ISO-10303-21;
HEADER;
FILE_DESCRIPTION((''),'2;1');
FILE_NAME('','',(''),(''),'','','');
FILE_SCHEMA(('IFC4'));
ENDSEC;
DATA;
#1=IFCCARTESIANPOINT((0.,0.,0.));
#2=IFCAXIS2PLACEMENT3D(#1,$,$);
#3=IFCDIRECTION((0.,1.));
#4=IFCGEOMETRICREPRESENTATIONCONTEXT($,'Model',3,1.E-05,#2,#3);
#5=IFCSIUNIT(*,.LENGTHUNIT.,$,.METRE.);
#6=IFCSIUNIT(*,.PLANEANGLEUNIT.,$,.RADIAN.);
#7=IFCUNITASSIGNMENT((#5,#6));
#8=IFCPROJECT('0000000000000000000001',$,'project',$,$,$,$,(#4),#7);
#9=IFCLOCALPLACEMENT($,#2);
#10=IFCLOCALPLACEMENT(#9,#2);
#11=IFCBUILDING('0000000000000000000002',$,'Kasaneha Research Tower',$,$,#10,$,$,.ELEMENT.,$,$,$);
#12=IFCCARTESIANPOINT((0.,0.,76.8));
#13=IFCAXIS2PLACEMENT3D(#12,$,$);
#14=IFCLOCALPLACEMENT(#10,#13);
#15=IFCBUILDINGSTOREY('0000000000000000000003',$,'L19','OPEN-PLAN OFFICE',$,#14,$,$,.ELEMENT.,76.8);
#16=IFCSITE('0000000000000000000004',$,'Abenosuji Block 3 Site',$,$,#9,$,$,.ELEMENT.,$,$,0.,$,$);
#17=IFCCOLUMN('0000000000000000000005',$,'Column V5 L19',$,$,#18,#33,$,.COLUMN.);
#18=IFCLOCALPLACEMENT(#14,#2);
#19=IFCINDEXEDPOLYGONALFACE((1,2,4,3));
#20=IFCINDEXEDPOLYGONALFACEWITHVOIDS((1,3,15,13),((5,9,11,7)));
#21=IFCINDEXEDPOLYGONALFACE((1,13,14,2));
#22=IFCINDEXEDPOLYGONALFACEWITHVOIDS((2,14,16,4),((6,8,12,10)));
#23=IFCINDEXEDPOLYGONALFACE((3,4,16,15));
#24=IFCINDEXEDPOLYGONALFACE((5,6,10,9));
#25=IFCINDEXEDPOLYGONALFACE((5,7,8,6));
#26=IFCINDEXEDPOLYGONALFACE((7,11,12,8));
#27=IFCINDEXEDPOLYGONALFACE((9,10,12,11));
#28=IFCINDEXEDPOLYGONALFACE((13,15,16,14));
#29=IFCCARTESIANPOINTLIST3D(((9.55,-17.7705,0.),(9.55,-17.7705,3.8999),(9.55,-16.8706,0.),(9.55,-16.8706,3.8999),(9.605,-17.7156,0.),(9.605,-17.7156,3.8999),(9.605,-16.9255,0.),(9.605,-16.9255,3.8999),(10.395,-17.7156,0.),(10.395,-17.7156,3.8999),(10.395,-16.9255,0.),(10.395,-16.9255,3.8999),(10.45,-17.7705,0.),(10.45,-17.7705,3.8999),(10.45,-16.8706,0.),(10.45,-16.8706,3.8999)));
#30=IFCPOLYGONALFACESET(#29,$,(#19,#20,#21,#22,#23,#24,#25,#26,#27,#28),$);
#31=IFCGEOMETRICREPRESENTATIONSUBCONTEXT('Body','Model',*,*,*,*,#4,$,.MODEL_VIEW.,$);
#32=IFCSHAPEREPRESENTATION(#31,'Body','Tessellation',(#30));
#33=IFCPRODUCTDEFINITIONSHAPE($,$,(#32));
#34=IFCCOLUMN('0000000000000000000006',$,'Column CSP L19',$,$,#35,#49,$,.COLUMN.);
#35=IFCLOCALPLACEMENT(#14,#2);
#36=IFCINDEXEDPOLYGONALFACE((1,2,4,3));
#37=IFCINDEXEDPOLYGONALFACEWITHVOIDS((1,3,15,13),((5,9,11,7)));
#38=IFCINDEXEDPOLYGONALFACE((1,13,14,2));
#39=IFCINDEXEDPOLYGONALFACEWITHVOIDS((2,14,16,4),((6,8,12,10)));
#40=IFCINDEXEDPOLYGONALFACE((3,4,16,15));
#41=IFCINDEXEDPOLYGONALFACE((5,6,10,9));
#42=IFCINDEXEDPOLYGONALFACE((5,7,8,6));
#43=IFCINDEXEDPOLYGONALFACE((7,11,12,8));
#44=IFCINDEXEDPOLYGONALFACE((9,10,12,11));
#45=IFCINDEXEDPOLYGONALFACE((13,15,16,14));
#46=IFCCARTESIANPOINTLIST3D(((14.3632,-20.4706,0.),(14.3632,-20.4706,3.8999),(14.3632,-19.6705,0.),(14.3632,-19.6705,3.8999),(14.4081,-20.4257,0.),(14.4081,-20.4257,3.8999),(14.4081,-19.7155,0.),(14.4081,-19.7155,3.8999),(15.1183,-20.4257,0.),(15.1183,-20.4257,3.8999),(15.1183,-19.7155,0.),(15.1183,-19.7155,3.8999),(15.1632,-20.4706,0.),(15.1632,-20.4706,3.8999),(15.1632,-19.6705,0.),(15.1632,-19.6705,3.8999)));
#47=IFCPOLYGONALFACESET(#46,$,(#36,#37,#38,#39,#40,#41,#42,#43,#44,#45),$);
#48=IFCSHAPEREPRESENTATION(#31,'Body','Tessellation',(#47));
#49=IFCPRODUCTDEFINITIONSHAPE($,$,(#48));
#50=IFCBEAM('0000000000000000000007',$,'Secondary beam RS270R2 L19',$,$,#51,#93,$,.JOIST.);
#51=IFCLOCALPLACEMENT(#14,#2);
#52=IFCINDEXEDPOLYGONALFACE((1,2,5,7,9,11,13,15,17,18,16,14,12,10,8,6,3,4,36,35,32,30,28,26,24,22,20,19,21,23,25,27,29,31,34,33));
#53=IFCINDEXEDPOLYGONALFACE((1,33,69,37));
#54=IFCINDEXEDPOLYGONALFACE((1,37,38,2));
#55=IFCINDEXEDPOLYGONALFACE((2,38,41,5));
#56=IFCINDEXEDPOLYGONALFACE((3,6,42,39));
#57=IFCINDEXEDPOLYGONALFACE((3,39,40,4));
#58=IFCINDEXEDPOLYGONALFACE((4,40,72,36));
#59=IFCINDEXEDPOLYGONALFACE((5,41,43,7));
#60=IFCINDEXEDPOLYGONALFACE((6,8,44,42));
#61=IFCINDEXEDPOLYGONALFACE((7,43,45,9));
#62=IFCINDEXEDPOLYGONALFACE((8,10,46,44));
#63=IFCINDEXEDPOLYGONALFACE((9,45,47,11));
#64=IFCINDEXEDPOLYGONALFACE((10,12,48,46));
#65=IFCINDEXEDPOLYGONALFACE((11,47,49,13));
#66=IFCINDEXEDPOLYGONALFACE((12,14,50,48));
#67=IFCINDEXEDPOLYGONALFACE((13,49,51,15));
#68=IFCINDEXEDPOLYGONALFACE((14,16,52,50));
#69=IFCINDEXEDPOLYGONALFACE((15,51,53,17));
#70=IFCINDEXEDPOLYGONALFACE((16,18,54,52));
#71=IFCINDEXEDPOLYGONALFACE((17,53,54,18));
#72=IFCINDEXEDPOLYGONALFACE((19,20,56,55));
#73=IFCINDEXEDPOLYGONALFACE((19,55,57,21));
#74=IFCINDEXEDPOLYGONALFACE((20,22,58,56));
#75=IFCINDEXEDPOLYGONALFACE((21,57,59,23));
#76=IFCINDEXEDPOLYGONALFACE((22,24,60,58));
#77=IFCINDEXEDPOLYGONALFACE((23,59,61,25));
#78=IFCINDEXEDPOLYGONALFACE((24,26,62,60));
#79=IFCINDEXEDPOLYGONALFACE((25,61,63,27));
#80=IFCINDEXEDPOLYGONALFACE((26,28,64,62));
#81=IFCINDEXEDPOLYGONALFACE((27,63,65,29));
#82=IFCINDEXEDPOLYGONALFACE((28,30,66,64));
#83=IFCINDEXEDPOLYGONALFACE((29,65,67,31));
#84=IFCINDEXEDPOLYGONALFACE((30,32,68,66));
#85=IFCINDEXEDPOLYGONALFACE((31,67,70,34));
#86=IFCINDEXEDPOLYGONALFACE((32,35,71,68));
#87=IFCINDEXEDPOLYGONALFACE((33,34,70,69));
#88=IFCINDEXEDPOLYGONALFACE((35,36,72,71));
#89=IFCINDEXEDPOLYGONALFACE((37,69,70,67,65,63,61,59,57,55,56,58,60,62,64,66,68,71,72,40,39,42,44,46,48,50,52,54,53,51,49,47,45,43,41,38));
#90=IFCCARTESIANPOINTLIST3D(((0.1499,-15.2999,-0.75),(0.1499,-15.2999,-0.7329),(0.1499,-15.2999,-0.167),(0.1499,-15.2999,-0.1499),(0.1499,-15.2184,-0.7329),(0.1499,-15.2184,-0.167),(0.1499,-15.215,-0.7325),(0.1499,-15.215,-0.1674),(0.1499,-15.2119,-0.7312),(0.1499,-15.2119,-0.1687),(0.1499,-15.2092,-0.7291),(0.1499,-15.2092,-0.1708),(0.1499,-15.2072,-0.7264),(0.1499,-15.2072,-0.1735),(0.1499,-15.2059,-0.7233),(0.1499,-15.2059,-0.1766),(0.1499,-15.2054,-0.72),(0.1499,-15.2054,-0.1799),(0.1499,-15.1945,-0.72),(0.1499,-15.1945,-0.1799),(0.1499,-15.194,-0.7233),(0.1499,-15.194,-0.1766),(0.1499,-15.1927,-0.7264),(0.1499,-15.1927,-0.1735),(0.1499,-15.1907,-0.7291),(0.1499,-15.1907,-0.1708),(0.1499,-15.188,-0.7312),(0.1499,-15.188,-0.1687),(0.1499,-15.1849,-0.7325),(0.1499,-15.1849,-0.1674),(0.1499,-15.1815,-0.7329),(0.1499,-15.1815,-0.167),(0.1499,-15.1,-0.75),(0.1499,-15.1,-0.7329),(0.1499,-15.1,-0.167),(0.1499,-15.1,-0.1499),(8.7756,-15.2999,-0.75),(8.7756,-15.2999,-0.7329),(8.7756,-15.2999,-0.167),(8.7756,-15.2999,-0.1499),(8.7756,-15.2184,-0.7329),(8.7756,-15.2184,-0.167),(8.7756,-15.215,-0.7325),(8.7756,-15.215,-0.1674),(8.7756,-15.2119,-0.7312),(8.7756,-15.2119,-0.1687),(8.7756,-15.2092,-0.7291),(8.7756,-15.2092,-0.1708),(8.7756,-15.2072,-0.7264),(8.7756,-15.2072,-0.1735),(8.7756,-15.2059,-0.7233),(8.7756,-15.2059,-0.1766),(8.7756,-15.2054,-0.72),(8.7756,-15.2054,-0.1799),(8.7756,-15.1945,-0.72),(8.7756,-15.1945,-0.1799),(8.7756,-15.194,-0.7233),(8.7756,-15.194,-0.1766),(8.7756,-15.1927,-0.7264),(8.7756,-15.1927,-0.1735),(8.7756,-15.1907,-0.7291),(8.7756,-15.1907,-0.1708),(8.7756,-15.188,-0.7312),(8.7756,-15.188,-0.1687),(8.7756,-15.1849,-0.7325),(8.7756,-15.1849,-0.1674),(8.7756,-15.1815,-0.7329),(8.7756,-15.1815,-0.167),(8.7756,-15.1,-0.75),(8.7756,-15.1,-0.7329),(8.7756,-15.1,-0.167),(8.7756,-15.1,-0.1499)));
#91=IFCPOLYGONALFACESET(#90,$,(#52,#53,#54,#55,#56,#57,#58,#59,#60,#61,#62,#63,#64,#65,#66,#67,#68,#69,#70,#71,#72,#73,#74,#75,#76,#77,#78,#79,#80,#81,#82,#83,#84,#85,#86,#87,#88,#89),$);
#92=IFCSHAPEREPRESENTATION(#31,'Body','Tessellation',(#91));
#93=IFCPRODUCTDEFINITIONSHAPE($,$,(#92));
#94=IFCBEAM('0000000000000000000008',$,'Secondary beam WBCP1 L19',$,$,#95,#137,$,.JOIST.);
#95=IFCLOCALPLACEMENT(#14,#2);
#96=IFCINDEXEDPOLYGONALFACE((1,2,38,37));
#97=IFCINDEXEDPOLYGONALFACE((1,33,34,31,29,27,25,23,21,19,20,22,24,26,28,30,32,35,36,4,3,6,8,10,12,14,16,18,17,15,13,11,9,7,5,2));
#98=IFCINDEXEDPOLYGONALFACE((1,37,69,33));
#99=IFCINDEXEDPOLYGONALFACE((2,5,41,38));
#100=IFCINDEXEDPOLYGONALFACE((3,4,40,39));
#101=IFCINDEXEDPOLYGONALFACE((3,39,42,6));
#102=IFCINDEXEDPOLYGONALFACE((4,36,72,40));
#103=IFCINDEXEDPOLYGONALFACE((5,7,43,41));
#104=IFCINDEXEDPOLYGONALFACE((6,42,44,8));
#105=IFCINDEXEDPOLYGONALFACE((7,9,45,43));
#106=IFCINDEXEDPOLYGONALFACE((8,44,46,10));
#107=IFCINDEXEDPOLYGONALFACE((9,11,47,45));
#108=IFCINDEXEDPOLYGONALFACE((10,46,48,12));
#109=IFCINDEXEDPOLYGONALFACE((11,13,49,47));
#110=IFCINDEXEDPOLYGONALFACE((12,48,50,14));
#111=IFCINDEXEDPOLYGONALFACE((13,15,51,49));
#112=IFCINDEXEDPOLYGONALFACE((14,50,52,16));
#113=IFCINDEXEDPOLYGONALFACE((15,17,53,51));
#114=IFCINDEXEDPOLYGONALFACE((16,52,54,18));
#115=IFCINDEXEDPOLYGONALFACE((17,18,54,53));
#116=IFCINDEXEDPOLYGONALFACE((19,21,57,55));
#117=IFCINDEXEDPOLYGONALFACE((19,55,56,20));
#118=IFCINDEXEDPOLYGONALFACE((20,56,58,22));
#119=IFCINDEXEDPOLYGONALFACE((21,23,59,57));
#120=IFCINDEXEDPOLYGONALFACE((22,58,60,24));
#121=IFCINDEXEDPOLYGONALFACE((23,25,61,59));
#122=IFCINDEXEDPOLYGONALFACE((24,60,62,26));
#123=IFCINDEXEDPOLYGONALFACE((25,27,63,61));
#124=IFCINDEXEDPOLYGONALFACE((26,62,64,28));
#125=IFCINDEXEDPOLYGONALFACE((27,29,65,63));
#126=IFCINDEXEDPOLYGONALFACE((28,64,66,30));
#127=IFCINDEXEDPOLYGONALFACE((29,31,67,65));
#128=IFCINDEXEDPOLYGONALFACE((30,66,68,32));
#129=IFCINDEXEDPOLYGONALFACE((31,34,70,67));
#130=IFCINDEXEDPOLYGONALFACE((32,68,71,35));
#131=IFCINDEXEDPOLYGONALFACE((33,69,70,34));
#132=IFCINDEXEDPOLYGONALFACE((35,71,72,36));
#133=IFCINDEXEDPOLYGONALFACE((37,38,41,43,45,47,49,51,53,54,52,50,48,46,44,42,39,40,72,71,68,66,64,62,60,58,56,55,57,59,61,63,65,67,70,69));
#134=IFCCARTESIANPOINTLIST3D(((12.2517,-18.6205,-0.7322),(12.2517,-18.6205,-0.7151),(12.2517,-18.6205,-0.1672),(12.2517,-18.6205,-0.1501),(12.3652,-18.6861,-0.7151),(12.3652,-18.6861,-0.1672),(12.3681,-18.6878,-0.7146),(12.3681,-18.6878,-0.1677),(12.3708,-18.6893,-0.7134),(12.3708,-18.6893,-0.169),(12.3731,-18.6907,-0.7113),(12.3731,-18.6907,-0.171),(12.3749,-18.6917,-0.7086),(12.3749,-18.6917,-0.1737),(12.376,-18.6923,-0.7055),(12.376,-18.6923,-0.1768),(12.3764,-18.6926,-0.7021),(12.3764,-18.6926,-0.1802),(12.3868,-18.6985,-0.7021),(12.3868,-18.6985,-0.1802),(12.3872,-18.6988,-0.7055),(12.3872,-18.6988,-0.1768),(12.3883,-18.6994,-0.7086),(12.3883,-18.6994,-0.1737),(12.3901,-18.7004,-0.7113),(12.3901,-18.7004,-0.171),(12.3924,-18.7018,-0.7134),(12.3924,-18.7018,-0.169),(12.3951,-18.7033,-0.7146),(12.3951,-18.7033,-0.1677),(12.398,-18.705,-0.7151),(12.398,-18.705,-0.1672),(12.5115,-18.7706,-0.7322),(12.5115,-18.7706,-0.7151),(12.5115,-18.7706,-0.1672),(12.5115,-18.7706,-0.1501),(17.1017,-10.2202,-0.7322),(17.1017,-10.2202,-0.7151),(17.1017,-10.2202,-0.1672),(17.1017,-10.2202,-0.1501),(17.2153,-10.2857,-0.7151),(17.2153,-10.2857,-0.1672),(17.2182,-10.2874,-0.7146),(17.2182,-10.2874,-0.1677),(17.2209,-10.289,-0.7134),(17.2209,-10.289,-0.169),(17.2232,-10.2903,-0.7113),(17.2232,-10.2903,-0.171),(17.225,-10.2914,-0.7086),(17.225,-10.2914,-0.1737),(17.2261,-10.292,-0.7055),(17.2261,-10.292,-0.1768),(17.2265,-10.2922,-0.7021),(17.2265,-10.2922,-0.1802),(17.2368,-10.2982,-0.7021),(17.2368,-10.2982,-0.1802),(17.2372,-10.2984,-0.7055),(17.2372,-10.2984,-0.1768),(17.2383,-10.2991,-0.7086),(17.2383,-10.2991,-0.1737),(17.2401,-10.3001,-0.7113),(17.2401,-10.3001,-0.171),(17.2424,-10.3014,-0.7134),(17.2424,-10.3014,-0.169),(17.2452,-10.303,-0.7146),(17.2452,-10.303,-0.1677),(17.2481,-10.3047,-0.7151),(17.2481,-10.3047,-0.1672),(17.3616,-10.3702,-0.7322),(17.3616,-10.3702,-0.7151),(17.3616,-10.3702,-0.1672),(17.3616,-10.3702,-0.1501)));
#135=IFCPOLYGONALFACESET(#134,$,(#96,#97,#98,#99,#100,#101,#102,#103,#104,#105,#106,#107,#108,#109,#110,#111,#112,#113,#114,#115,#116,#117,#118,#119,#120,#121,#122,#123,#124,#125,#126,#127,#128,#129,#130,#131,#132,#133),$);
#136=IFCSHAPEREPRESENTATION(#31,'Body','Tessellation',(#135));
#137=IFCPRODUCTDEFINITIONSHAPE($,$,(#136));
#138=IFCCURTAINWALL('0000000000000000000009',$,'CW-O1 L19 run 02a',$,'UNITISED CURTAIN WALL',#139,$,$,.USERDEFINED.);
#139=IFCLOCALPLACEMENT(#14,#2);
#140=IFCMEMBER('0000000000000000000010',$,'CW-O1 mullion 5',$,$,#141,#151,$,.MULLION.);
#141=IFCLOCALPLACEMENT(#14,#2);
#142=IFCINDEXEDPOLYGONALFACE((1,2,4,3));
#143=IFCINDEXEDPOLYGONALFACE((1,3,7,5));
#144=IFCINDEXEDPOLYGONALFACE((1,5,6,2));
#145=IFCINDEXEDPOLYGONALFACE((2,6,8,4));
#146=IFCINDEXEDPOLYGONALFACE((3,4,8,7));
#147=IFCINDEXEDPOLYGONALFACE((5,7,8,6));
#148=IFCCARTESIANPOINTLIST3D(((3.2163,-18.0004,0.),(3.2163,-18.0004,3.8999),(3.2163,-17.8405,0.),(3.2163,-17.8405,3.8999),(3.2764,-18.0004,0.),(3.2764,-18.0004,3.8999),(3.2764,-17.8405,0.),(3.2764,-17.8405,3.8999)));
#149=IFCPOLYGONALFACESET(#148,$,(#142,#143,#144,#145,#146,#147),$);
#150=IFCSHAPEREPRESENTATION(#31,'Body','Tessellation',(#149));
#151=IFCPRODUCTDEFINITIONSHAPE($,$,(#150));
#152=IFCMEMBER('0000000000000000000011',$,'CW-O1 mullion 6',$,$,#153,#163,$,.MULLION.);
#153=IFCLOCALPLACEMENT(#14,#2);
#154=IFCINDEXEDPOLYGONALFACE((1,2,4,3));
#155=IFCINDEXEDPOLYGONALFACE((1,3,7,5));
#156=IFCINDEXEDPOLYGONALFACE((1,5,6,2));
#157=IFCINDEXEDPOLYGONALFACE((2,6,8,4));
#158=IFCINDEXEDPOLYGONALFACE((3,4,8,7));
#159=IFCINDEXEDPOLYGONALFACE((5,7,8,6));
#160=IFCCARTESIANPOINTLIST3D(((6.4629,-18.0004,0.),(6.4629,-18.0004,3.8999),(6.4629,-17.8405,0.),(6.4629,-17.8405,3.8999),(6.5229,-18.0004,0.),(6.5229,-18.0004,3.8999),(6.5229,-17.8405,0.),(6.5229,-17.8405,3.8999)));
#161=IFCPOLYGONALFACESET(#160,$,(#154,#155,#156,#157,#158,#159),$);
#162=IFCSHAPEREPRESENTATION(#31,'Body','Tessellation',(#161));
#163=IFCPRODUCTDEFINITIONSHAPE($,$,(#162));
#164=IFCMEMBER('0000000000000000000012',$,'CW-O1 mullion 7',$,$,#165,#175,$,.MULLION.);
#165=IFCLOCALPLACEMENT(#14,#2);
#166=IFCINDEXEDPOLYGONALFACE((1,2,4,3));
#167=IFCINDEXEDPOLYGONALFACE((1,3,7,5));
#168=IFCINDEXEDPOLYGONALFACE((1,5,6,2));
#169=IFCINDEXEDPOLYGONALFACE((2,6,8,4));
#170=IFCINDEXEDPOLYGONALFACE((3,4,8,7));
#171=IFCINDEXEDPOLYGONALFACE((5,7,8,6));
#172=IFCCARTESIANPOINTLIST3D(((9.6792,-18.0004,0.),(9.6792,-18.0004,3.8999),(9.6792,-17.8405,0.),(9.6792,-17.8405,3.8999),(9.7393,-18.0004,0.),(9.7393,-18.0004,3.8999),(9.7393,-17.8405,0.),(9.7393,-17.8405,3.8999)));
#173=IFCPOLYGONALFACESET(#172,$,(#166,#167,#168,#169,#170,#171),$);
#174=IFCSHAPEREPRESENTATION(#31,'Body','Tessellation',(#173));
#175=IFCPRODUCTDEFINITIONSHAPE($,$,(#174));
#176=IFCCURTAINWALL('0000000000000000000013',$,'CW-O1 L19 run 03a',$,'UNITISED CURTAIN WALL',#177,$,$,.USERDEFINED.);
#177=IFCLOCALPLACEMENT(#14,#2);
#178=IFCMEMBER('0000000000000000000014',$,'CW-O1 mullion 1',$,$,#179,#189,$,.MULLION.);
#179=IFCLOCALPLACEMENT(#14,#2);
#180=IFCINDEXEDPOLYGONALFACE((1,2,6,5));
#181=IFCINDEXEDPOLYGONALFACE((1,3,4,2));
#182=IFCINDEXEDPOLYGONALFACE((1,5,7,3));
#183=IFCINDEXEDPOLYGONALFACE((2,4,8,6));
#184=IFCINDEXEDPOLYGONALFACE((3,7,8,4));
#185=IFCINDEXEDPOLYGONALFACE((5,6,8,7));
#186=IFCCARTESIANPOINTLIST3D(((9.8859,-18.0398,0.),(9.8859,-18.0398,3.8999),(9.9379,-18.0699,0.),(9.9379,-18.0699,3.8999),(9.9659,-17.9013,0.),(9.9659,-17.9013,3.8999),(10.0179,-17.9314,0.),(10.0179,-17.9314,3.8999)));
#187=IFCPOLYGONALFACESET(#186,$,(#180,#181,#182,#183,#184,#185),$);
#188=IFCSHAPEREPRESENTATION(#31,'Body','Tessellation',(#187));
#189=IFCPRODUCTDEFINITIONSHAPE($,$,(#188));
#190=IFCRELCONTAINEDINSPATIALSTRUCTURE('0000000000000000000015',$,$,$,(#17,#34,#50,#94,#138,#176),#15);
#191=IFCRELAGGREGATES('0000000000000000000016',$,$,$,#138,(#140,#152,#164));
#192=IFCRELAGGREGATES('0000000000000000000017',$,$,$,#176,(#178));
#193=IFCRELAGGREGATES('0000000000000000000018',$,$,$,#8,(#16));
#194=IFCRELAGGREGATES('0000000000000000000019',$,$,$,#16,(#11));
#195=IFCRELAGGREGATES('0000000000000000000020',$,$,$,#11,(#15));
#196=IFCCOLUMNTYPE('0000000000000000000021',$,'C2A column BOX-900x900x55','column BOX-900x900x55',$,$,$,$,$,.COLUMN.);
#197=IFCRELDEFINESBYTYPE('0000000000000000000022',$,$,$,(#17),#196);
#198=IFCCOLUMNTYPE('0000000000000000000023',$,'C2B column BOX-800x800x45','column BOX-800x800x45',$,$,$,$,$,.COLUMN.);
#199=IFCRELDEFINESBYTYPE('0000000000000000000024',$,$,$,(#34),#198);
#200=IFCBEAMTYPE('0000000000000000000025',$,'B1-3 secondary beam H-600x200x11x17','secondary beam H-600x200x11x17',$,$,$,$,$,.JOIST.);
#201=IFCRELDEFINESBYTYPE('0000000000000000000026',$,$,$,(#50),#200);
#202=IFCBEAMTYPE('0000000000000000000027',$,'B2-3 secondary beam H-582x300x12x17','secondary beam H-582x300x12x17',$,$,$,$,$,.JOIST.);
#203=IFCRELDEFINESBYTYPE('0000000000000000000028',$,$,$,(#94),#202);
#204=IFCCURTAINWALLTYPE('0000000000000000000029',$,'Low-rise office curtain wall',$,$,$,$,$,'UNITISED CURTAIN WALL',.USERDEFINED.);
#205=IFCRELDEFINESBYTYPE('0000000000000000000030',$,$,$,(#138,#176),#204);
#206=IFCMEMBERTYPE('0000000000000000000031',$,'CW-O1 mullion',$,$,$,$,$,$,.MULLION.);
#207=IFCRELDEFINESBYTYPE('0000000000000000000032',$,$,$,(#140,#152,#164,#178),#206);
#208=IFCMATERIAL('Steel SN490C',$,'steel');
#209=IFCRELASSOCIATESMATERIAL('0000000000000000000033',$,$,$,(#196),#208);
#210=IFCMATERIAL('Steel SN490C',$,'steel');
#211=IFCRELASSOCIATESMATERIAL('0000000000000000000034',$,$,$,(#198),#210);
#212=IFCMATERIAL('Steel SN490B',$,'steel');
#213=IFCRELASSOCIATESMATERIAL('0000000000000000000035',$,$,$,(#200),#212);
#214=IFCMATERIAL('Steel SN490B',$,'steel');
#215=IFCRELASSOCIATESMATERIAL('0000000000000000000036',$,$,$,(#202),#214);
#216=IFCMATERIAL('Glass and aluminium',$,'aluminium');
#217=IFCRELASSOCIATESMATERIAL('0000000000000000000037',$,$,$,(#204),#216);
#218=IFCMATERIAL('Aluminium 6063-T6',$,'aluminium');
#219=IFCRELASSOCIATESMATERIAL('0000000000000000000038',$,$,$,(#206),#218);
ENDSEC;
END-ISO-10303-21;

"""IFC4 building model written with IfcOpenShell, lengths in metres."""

from ifc_helpers import new_model, si_unit, direction, frame, origin, origin_2d, place, context, subcontext, project, spatial, rectangle, hollow_rectangle, i_section, extrude, material, material_profile, profile_set, type_object, element, aggregate, save


model = new_model("IFC4")

# Units and contexts
model_context = context("Model", 3, precision=1e-05, world=origin(), true_north=direction((0.0, 1.0)))
body_context = subcontext(model_context, "Body", "Model", "MODEL_VIEW")
ifc_project = project(units=[si_unit("LENGTHUNIT", "METRE"), si_unit("PLANEANGLEUNIT", "RADIAN")], contexts=[model_context])

# Site, building, storey
site_placement = place(None, origin())
site = spatial("IfcSite", under=ifc_project, at=site_placement, Name="Abenosuji Block 3 Site", CompositionType="ELEMENT", RefElevation=0.0)
building_placement = place(site_placement, origin())
building = spatial("IfcBuilding", under=site, at=building_placement, Name="Kasaneha Research Tower", CompositionType="ELEMENT")
storey_placement = place(building_placement, frame((0.0, 0.0, 76.8)))
storey = spatial("IfcBuildingStorey", under=building, at=storey_placement, Name="L19", Description="OPEN-PLAN OFFICE", CompositionType="ELEMENT", Elevation=76.8)

# Columns
ifc_material_1 = material(Name="Steel SN490C", Category="steel")
ifc_material_profile_1 = material_profile(ifc_material_1, hollow_rectangle(XDim=0.8999, YDim=0.8999, WallThickness=0.0549, at=origin_2d()), Name="BOX-900x900x55")
ifc_profile_set_1 = profile_set([ifc_material_profile_1], Name="Steel SN490C")
column_type_1 = type_object("IfcColumnType", Name="C2A column BOX-900x900x55", Description="column BOX-900x900x55", PredefinedType="COLUMN", material=ifc_profile_set_1)
column_1_placement = place(storey_placement, frame((10.0, -17.3206, 0.0), z_axis=(0.0, 0.0, 1.0), x_axis=(1.0, 0.0, 0.0)))
element("IfcColumn", 1, at=column_1_placement, inside=storey, type_object=column_type_1, Name="Column V5 L19", PredefinedType="COLUMN", context=body_context, shape_type="SweptSolid", body=[
    extrude(hollow_rectangle(XDim=0.8999, YDim=0.8999, WallThickness=0.0549, at=origin_2d()), origin(), (0.0, 0.0, 1.0), 3.8999),
])
ifc_material_2 = material(Name="Steel SN490C", Category="steel")
ifc_material_profile_2 = material_profile(ifc_material_2, hollow_rectangle(XDim=0.8, YDim=0.8, WallThickness=0.0449, at=origin_2d()), Name="BOX-800x800x45")
ifc_profile_set_2 = profile_set([ifc_material_profile_2], Name="Steel SN490C")
column_type_2 = type_object("IfcColumnType", Name="C2B column BOX-800x800x45", Description="column BOX-800x800x45", PredefinedType="COLUMN", material=ifc_profile_set_2)
column_2_placement = place(storey_placement, frame((14.7632, -20.0706, 0.0), z_axis=(0.0, 0.0, 1.0), x_axis=(1.0, 0.0, 0.0)))
element("IfcColumn", 2, at=column_2_placement, inside=storey, type_object=column_type_2, Name="Column CSP L19", PredefinedType="COLUMN", context=body_context, shape_type="SweptSolid", body=[
    extrude(hollow_rectangle(XDim=0.8, YDim=0.8, WallThickness=0.0449, at=origin_2d()), origin(), (0.0, 0.0, 1.0), 3.8999),
])

# Beams
ifc_material_3 = material(Name="Steel SN490B", Category="steel")
ifc_material_profile_3 = material_profile(ifc_material_3, i_section(OverallWidth=0.2, OverallDepth=0.6001, WebThickness=0.011, FlangeThickness=0.0171, FilletRadius=0.0129, at=origin_2d()), Name="H-600x200x11x17")
ifc_profile_set_3 = profile_set([ifc_material_profile_3], Name="Steel SN490B")
beam_type_1 = type_object("IfcBeamType", Name="B1-3 secondary beam H-600x200x11x17", Description="secondary beam H-600x200x11x17", PredefinedType="JOIST", material=ifc_profile_set_3)
beam_1_placement = place(storey_placement, frame((8.7756, -15.2, -0.45), z_axis=(-1.0, 0.0, 0.0), x_axis=(0.0, -1.0, 0.0)))
element("IfcBeam", 3, at=beam_1_placement, inside=storey, type_object=beam_type_1, Name="Secondary beam RS270R2 L19", PredefinedType="JOIST", context=body_context, shape_type="SweptSolid", body=[
    extrude(i_section(OverallWidth=0.2, OverallDepth=0.6001, WebThickness=0.011, FlangeThickness=0.0171, FilletRadius=0.0129, at=origin_2d()), origin(), (0.0, 0.0, 1.0), 8.6257),
])
ifc_material_4 = material(Name="Steel SN490B", Category="steel")
ifc_material_profile_4 = material_profile(ifc_material_4, i_section(OverallWidth=0.3, OverallDepth=0.582, WebThickness=0.012, FlangeThickness=0.0171, FilletRadius=0.0129, at=origin_2d()), Name="H-582x300x12x17")
ifc_profile_set_4 = profile_set([ifc_material_profile_4], Name="Steel SN490B")
beam_type_2 = type_object("IfcBeamType", Name="B2-3 secondary beam H-582x300x12x17", Description="secondary beam H-582x300x12x17", PredefinedType="JOIST", material=ifc_profile_set_4)
beam_2_placement = place(storey_placement, frame((12.3816, -18.6956, -0.4412), z_axis=(0.50001, 0.86602, 0.0), x_axis=(-0.86602, 0.50001, 0.0)))
element("IfcBeam", 4, at=beam_2_placement, inside=storey, type_object=beam_type_2, Name="Secondary beam WBCP1 L19", PredefinedType="JOIST", context=body_context, shape_type="SweptSolid", body=[
    extrude(i_section(OverallWidth=0.3, OverallDepth=0.582, WebThickness=0.012, FlangeThickness=0.0171, FilletRadius=0.0129, at=origin_2d()), origin(), (0.0, 0.0, 1.0), 9.7),
])

# Curtain walls, members
ifc_material_5 = material(Name="Glass and aluminium", Category="aluminium")
curtain_wall_type = type_object("IfcCurtainWallType", Name="Low-rise office curtain wall", ElementType="UNITISED CURTAIN WALL", PredefinedType="USERDEFINED", material=ifc_material_5)
curtain_wall_1_placement = place(storey_placement, origin())
curtain_wall_1 = element("IfcCurtainWall", 5, at=curtain_wall_1_placement, inside=storey, type_object=curtain_wall_type, Name="CW-O1 L19 run 02a", ObjectType="UNITISED CURTAIN WALL", PredefinedType="USERDEFINED")
ifc_material_6 = material(Name="Aluminium 6063-T6", Category="aluminium")
ifc_material_profile_5 = material_profile(ifc_material_6, rectangle(XDim=0.0601, YDim=0.1599, at=origin_2d()), Name="CW-O1 mullion 60x160")
ifc_profile_set_5 = profile_set([ifc_material_profile_5], Name="Aluminium 6063-T6")
member_type_1 = type_object("IfcMemberType", Name="CW-O1 mullion", PredefinedType="MULLION", material=ifc_profile_set_5)
member_1_placement = place(storey_placement, frame((3.2463, -17.9204, 0.0), z_axis=(0.0, 0.0, 1.0), x_axis=(1.0, 0.0, 0.0)))
member_1 = element("IfcMember", 6, at=member_1_placement, type_object=member_type_1, Name="CW-O1 mullion 5", PredefinedType="MULLION", context=body_context, shape_type="SweptSolid", body=[
    extrude(rectangle(XDim=0.0601, YDim=0.1599, at=origin_2d()), origin(), (0.0, 0.0, 1.0), 3.8999),
])
member_2_placement = place(storey_placement, frame((6.4929, -17.9204, 0.0), z_axis=(0.0, 0.0, 1.0), x_axis=(1.0, 0.0, 0.0)))
member_2 = element("IfcMember", 7, at=member_2_placement, type_object=member_type_1, Name="CW-O1 mullion 6", PredefinedType="MULLION", context=body_context, shape_type="SweptSolid", body=[
    extrude(rectangle(XDim=0.0601, YDim=0.1599, at=origin_2d()), origin(), (0.0, 0.0, 1.0), 3.8999),
])
member_3_placement = place(storey_placement, frame((9.7092, -17.9204, 0.0), z_axis=(0.0, 0.0, 1.0), x_axis=(1.0, 0.0, 0.0)))
member_3 = element("IfcMember", 8, at=member_3_placement, type_object=member_type_1, Name="CW-O1 mullion 7", PredefinedType="MULLION", context=body_context, shape_type="SweptSolid", body=[
    extrude(rectangle(XDim=0.0601, YDim=0.1599, at=origin_2d()), origin(), (0.0, 0.0, 1.0), 3.8999),
])
curtain_wall_2_placement = place(storey_placement, origin())
curtain_wall_2 = element("IfcCurtainWall", 9, at=curtain_wall_2_placement, inside=storey, type_object=curtain_wall_type, Name="CW-O1 L19 run 03a", ObjectType="UNITISED CURTAIN WALL", PredefinedType="USERDEFINED")
member_4_placement = place(storey_placement, frame((9.9519, -17.9856, 0.0), z_axis=(0.0, 0.0, 1.0), x_axis=(0.866025, -0.5, 0.0)))
member_4 = element("IfcMember", 10, at=member_4_placement, type_object=member_type_1, Name="CW-O1 mullion 1", PredefinedType="MULLION", context=body_context, shape_type="SweptSolid", body=[
    extrude(rectangle(XDim=0.0601, YDim=0.1599, at=origin_2d()), origin(), (0.0, 0.0, 1.0), 3.8999),
])

aggregate(curtain_wall_1, [member_1, member_2, member_3])
aggregate(curtain_wall_2, [member_4])

save(model, "model.ifc")
